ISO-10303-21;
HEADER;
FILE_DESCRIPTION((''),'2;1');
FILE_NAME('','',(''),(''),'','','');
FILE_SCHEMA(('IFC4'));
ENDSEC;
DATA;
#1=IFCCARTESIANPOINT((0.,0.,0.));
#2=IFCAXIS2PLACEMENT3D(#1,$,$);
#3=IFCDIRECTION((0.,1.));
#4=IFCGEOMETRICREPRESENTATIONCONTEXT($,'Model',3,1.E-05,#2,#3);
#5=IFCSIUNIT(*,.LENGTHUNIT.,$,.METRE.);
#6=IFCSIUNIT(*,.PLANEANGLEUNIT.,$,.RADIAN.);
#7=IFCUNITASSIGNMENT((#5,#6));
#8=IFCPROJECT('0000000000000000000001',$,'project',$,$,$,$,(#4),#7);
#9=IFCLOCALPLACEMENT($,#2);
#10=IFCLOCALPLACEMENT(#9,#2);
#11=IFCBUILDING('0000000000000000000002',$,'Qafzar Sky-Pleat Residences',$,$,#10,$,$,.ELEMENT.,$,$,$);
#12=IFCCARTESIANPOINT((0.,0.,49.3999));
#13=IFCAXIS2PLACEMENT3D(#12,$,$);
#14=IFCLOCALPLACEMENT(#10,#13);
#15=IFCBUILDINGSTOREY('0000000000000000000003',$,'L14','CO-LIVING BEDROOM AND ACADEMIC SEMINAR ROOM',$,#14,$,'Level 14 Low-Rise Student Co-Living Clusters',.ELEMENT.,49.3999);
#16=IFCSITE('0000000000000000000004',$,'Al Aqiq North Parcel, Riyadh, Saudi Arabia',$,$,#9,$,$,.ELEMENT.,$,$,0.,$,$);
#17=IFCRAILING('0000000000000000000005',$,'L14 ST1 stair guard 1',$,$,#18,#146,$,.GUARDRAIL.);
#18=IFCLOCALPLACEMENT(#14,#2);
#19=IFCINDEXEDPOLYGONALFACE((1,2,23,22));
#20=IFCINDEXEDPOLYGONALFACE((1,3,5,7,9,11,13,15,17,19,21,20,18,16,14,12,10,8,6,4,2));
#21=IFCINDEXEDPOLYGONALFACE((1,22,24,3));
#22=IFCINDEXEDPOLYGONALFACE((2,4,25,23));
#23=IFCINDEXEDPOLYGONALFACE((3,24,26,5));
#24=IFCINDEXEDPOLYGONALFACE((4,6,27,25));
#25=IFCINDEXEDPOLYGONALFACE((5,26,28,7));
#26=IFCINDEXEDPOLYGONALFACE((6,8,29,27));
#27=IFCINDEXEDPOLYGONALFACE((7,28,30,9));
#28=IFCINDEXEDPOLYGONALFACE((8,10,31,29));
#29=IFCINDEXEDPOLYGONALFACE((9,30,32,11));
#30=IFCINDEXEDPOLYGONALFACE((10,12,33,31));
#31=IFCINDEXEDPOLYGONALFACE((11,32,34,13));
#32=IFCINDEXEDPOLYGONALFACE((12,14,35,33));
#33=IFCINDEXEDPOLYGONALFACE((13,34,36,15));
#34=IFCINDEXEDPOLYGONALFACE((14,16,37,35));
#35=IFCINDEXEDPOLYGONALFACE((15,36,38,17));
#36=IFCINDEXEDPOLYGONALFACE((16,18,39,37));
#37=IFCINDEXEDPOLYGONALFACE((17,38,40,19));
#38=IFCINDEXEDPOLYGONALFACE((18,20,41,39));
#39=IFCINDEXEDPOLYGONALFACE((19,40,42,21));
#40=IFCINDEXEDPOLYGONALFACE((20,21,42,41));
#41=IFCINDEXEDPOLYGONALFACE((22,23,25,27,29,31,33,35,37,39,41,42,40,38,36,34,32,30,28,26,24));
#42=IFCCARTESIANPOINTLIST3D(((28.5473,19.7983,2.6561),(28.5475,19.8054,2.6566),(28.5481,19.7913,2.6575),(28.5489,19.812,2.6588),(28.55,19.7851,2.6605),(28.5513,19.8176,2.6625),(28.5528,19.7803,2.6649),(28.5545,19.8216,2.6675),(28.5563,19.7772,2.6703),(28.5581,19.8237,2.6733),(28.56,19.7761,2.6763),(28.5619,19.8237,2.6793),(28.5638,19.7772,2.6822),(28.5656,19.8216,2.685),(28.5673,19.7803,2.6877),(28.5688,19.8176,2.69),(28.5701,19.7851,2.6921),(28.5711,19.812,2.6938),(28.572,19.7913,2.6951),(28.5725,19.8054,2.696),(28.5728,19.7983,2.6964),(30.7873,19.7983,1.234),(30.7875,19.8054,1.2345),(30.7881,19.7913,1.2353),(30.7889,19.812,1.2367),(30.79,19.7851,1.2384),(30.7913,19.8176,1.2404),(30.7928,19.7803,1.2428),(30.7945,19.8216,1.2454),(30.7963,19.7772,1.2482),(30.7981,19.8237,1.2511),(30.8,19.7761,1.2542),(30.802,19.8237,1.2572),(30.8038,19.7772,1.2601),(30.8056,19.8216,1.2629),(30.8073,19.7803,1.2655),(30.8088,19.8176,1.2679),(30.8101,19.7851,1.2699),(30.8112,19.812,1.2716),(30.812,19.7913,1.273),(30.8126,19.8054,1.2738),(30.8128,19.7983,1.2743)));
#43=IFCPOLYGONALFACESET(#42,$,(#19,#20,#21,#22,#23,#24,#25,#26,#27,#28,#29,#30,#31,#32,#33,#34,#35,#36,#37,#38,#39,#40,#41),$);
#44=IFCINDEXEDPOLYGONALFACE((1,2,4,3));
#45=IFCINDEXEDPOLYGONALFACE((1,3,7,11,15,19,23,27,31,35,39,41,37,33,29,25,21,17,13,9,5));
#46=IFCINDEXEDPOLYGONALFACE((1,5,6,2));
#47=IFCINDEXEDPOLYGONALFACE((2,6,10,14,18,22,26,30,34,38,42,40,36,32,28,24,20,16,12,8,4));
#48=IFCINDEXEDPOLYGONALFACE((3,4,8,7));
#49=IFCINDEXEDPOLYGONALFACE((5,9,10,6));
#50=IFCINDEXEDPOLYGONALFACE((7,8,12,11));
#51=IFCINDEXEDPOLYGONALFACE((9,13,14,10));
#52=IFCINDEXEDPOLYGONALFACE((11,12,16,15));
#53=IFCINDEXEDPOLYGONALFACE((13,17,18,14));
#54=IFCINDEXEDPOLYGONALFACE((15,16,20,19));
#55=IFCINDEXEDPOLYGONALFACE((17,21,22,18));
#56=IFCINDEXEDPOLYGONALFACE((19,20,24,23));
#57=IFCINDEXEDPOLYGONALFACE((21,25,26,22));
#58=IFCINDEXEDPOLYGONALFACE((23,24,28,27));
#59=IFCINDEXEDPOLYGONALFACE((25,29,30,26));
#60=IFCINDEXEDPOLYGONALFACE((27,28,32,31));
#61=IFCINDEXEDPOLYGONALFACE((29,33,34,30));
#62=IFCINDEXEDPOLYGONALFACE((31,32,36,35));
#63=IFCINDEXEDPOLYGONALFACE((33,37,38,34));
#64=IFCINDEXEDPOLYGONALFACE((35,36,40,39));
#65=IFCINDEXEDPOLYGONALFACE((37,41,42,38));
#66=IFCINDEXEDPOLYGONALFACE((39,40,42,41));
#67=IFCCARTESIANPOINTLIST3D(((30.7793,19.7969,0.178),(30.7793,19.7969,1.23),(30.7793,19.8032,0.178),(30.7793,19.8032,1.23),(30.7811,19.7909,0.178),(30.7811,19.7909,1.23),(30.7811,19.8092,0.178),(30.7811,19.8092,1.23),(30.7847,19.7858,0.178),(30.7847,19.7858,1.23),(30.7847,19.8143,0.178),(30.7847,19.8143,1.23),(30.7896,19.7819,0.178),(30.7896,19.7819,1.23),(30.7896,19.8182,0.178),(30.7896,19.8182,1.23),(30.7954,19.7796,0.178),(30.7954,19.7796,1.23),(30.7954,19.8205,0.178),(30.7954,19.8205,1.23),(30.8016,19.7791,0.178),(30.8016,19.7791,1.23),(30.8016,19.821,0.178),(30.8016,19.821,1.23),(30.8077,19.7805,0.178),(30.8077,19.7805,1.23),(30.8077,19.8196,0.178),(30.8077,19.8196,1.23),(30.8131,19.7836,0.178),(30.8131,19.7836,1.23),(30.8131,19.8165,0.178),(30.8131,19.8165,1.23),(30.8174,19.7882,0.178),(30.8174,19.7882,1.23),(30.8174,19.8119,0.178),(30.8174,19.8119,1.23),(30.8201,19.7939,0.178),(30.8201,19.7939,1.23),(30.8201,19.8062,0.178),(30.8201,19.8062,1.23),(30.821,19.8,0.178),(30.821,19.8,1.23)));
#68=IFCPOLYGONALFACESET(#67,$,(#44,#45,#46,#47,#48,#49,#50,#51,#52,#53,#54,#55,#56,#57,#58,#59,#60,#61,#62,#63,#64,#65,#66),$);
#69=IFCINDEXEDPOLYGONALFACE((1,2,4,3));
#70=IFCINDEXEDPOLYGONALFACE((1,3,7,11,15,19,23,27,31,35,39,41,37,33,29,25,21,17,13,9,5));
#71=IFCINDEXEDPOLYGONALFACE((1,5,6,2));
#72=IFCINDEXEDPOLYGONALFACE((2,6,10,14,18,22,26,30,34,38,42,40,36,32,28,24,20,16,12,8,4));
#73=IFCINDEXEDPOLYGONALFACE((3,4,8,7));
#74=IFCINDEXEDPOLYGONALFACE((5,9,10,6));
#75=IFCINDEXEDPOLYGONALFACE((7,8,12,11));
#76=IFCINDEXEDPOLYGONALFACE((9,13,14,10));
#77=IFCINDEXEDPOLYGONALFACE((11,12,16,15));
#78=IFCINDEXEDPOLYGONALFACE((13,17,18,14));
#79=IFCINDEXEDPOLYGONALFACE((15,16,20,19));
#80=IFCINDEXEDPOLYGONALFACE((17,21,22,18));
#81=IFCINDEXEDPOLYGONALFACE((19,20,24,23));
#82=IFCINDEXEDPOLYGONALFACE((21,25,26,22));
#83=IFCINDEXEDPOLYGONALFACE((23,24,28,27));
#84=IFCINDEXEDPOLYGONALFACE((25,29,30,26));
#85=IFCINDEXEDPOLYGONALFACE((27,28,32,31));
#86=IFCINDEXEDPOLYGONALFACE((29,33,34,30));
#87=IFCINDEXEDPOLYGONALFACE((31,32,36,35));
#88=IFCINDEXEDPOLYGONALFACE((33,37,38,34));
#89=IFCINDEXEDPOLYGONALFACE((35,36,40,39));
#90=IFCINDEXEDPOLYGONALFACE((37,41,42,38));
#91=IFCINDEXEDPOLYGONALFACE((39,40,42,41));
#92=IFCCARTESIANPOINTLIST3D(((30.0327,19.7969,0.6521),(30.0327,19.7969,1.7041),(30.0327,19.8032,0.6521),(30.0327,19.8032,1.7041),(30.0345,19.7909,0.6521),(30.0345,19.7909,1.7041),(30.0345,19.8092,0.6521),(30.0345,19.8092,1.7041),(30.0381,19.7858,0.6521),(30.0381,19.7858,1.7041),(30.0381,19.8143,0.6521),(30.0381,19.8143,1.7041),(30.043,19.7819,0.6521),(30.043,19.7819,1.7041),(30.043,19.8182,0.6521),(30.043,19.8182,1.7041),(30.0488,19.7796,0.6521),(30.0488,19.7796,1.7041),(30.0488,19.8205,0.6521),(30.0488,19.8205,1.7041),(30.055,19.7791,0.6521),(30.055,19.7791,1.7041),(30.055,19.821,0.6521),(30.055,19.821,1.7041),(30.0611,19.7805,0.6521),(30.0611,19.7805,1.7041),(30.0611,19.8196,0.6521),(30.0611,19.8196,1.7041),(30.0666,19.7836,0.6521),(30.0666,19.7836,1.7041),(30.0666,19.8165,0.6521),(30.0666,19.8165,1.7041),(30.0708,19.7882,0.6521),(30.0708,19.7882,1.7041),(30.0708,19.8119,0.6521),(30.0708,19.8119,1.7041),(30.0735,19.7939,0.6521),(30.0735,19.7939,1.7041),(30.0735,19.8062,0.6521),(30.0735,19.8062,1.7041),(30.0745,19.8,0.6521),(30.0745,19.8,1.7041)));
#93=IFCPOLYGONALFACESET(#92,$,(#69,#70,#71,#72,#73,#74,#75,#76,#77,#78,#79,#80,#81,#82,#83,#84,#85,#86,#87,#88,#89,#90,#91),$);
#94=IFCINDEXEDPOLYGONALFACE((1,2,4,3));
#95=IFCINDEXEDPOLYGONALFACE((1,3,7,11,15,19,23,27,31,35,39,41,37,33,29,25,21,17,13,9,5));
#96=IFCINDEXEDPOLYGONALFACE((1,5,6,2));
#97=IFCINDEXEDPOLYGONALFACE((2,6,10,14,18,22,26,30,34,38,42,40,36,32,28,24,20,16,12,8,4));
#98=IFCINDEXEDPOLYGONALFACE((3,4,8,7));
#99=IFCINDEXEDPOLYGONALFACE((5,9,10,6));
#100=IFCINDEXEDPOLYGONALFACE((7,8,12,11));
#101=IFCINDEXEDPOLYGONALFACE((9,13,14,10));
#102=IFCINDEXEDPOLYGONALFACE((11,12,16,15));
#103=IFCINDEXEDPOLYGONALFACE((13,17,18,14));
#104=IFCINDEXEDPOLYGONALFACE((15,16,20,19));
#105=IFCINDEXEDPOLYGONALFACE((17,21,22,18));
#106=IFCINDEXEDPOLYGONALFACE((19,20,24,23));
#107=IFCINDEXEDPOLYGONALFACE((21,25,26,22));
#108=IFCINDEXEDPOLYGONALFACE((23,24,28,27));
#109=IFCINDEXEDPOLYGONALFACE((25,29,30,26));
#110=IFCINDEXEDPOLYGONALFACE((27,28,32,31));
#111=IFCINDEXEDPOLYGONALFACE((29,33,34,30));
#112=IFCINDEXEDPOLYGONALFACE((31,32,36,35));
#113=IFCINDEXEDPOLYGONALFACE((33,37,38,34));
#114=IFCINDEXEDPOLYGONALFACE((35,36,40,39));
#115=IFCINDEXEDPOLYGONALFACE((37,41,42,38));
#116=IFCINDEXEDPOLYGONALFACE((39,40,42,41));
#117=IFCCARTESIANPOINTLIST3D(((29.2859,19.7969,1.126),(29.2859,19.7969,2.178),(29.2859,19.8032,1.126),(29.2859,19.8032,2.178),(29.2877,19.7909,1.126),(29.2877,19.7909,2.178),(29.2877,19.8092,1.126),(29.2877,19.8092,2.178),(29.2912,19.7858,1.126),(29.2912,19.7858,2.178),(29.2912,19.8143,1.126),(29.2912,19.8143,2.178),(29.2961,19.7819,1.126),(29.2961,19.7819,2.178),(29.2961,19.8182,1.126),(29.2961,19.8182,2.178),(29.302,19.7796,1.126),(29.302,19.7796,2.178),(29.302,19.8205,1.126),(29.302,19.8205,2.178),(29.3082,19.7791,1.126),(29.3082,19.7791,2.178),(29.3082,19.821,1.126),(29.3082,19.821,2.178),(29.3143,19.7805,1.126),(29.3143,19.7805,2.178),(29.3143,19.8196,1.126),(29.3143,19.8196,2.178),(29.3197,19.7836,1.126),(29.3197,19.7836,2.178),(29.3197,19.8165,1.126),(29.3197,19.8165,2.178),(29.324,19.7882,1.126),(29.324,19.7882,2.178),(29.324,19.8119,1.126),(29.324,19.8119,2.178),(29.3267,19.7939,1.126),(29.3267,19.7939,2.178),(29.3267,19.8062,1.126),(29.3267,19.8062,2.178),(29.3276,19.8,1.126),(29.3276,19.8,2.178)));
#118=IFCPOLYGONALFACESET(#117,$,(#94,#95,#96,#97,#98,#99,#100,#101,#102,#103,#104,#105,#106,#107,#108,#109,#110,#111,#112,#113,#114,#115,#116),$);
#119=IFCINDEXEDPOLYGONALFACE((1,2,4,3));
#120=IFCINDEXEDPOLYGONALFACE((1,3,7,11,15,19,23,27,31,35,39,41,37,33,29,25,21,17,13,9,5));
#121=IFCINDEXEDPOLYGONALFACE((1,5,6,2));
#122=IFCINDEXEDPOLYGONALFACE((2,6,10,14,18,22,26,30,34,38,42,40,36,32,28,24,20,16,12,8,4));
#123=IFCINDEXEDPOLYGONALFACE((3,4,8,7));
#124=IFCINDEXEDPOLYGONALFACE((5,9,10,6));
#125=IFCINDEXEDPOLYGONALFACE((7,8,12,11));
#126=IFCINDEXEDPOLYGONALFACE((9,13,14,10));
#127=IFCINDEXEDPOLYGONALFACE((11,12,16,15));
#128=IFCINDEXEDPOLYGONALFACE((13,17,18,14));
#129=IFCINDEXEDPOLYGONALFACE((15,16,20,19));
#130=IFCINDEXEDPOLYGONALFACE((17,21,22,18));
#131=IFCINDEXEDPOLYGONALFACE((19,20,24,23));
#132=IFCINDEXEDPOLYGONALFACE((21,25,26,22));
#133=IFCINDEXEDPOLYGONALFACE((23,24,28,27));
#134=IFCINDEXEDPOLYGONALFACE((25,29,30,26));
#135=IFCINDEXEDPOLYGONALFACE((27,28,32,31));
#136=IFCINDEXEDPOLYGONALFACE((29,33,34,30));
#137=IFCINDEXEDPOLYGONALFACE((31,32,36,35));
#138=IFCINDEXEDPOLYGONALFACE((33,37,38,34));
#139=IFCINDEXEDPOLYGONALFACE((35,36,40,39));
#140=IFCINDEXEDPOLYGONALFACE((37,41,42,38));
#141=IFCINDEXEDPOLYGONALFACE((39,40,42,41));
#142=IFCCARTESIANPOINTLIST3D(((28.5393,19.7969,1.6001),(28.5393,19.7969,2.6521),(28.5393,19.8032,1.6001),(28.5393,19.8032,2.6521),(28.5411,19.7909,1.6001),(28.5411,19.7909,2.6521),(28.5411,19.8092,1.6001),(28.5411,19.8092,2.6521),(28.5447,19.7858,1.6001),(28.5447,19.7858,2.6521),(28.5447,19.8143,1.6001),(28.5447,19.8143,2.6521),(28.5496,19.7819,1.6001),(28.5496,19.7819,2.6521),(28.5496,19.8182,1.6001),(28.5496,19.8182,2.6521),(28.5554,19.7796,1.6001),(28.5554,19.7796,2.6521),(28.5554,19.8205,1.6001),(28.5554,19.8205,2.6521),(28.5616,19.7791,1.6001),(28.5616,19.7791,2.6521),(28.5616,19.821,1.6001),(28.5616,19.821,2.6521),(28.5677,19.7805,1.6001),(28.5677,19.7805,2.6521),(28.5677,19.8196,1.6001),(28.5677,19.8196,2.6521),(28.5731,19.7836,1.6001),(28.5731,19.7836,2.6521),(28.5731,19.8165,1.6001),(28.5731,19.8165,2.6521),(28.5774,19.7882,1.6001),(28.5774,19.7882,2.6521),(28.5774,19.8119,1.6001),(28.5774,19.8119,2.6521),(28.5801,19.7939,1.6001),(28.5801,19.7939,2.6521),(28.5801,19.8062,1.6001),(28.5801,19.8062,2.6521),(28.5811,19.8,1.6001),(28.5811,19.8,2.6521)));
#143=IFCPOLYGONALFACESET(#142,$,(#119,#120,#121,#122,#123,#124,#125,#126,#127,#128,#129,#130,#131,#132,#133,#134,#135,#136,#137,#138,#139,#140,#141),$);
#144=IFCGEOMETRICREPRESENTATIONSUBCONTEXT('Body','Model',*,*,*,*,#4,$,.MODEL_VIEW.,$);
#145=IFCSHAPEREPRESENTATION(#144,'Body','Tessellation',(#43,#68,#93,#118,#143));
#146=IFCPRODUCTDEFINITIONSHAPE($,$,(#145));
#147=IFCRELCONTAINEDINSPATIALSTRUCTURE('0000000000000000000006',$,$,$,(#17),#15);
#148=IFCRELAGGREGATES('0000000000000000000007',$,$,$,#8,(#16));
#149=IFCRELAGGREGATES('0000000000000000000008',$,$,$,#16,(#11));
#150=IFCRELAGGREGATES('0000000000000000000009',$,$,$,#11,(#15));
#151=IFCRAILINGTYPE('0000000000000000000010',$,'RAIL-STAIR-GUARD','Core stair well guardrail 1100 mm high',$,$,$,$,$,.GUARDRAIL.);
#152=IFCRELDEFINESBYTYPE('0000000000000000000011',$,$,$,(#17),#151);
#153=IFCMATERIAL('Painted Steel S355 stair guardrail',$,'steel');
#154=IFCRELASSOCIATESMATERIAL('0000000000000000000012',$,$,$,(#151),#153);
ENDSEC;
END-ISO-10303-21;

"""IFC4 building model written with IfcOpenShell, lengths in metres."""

from ifc_helpers import new_model, si_unit, direction, frame, origin, origin_2d, place, context, subcontext, project, spatial, circle, extrude, source, transform, mapped, material, type_object, element, save


model = new_model("IFC4")

# Units and contexts
model_context = context("Model", 3, precision=1e-05, world=origin(), true_north=direction((0.0, 1.0)))
body_context = subcontext(model_context, "Body", "Model", "MODEL_VIEW")
ifc_project = project(units=[si_unit("LENGTHUNIT", "METRE"), si_unit("PLANEANGLEUNIT", "RADIAN")], contexts=[model_context])

# Site, building, storey
site_placement = place(None, origin())
site = spatial("IfcSite", under=ifc_project, at=site_placement, Name="Al Aqiq North Parcel, Riyadh, Saudi Arabia", CompositionType="ELEMENT", RefElevation=0.0)
building_placement = place(site_placement, origin())
building = spatial("IfcBuilding", under=site, at=building_placement, Name="Qafzar Sky-Pleat Residences", CompositionType="ELEMENT")
storey_placement = place(building_placement, frame((0.0, 0.0, 49.3999)))
storey = spatial("IfcBuildingStorey", under=building, at=storey_placement, Name="L14", Description="CO-LIVING BEDROOM AND ACADEMIC SEMINAR ROOM", LongName="Level 14 Low-Rise Student Co-Living Clusters", CompositionType="ELEMENT", Elevation=49.3999)

# Railing
ifc_material_1 = material(Name="Painted Steel S355 stair guardrail", Category="steel")
railing_type_1 = type_object("IfcRailingType", Name="RAIL-STAIR-GUARD", Description="Core stair well guardrail 1100 mm high", PredefinedType="GUARDRAIL", material=ifc_material_1)
shared_shape_1 = source(origin(), body_context, "Body", "SweptSolid", [
    extrude(circle(Radius=0.0239, at=origin_2d()), frame((0.0, 0.0, 1.0762), z_axis=(-0.844229, 0.0, 0.535982), x_axis=(0.0, -1.0, 0.0)), (0.0, 0.0, 1.0), 2.6533),
    extrude(circle(Radius=0.021, at=origin_2d()), origin(), (0.0, 0.0, 1.0), 1.052),
    extrude(circle(Radius=0.021, at=origin_2d()), frame((-0.7466, 0.0, 0.4741)), (0.0, 0.0, 1.0), 1.052),
    extrude(circle(Radius=0.021, at=origin_2d()), frame((-1.4934, 0.0, 0.948)), (0.0, 0.0, 1.0), 1.052),
    extrude(circle(Radius=0.021, at=origin_2d()), frame((-2.24, 0.0, 1.4221)), (0.0, 0.0, 1.0), 1.052),
])
railing_1_placement = place(storey_placement, frame((30.8, 19.8, 0.178)))
element("IfcRailing", 1, at=railing_1_placement, inside=storey, type_object=railing_type_1, Name="L14 ST1 stair guard 1", PredefinedType="GUARDRAIL", context=body_context, shape_type="MappedRepresentation", body=[
    mapped(shared_shape_1, transform((0.0, 0.0, 0.0), x_axis=(1.0, 0.0, 0.0), y_axis=(0.0, 1.0, 0.0), z_axis=(0.0, 0.0, 1.0), scale=1.0)),
])

save(model, "model.ifc")
